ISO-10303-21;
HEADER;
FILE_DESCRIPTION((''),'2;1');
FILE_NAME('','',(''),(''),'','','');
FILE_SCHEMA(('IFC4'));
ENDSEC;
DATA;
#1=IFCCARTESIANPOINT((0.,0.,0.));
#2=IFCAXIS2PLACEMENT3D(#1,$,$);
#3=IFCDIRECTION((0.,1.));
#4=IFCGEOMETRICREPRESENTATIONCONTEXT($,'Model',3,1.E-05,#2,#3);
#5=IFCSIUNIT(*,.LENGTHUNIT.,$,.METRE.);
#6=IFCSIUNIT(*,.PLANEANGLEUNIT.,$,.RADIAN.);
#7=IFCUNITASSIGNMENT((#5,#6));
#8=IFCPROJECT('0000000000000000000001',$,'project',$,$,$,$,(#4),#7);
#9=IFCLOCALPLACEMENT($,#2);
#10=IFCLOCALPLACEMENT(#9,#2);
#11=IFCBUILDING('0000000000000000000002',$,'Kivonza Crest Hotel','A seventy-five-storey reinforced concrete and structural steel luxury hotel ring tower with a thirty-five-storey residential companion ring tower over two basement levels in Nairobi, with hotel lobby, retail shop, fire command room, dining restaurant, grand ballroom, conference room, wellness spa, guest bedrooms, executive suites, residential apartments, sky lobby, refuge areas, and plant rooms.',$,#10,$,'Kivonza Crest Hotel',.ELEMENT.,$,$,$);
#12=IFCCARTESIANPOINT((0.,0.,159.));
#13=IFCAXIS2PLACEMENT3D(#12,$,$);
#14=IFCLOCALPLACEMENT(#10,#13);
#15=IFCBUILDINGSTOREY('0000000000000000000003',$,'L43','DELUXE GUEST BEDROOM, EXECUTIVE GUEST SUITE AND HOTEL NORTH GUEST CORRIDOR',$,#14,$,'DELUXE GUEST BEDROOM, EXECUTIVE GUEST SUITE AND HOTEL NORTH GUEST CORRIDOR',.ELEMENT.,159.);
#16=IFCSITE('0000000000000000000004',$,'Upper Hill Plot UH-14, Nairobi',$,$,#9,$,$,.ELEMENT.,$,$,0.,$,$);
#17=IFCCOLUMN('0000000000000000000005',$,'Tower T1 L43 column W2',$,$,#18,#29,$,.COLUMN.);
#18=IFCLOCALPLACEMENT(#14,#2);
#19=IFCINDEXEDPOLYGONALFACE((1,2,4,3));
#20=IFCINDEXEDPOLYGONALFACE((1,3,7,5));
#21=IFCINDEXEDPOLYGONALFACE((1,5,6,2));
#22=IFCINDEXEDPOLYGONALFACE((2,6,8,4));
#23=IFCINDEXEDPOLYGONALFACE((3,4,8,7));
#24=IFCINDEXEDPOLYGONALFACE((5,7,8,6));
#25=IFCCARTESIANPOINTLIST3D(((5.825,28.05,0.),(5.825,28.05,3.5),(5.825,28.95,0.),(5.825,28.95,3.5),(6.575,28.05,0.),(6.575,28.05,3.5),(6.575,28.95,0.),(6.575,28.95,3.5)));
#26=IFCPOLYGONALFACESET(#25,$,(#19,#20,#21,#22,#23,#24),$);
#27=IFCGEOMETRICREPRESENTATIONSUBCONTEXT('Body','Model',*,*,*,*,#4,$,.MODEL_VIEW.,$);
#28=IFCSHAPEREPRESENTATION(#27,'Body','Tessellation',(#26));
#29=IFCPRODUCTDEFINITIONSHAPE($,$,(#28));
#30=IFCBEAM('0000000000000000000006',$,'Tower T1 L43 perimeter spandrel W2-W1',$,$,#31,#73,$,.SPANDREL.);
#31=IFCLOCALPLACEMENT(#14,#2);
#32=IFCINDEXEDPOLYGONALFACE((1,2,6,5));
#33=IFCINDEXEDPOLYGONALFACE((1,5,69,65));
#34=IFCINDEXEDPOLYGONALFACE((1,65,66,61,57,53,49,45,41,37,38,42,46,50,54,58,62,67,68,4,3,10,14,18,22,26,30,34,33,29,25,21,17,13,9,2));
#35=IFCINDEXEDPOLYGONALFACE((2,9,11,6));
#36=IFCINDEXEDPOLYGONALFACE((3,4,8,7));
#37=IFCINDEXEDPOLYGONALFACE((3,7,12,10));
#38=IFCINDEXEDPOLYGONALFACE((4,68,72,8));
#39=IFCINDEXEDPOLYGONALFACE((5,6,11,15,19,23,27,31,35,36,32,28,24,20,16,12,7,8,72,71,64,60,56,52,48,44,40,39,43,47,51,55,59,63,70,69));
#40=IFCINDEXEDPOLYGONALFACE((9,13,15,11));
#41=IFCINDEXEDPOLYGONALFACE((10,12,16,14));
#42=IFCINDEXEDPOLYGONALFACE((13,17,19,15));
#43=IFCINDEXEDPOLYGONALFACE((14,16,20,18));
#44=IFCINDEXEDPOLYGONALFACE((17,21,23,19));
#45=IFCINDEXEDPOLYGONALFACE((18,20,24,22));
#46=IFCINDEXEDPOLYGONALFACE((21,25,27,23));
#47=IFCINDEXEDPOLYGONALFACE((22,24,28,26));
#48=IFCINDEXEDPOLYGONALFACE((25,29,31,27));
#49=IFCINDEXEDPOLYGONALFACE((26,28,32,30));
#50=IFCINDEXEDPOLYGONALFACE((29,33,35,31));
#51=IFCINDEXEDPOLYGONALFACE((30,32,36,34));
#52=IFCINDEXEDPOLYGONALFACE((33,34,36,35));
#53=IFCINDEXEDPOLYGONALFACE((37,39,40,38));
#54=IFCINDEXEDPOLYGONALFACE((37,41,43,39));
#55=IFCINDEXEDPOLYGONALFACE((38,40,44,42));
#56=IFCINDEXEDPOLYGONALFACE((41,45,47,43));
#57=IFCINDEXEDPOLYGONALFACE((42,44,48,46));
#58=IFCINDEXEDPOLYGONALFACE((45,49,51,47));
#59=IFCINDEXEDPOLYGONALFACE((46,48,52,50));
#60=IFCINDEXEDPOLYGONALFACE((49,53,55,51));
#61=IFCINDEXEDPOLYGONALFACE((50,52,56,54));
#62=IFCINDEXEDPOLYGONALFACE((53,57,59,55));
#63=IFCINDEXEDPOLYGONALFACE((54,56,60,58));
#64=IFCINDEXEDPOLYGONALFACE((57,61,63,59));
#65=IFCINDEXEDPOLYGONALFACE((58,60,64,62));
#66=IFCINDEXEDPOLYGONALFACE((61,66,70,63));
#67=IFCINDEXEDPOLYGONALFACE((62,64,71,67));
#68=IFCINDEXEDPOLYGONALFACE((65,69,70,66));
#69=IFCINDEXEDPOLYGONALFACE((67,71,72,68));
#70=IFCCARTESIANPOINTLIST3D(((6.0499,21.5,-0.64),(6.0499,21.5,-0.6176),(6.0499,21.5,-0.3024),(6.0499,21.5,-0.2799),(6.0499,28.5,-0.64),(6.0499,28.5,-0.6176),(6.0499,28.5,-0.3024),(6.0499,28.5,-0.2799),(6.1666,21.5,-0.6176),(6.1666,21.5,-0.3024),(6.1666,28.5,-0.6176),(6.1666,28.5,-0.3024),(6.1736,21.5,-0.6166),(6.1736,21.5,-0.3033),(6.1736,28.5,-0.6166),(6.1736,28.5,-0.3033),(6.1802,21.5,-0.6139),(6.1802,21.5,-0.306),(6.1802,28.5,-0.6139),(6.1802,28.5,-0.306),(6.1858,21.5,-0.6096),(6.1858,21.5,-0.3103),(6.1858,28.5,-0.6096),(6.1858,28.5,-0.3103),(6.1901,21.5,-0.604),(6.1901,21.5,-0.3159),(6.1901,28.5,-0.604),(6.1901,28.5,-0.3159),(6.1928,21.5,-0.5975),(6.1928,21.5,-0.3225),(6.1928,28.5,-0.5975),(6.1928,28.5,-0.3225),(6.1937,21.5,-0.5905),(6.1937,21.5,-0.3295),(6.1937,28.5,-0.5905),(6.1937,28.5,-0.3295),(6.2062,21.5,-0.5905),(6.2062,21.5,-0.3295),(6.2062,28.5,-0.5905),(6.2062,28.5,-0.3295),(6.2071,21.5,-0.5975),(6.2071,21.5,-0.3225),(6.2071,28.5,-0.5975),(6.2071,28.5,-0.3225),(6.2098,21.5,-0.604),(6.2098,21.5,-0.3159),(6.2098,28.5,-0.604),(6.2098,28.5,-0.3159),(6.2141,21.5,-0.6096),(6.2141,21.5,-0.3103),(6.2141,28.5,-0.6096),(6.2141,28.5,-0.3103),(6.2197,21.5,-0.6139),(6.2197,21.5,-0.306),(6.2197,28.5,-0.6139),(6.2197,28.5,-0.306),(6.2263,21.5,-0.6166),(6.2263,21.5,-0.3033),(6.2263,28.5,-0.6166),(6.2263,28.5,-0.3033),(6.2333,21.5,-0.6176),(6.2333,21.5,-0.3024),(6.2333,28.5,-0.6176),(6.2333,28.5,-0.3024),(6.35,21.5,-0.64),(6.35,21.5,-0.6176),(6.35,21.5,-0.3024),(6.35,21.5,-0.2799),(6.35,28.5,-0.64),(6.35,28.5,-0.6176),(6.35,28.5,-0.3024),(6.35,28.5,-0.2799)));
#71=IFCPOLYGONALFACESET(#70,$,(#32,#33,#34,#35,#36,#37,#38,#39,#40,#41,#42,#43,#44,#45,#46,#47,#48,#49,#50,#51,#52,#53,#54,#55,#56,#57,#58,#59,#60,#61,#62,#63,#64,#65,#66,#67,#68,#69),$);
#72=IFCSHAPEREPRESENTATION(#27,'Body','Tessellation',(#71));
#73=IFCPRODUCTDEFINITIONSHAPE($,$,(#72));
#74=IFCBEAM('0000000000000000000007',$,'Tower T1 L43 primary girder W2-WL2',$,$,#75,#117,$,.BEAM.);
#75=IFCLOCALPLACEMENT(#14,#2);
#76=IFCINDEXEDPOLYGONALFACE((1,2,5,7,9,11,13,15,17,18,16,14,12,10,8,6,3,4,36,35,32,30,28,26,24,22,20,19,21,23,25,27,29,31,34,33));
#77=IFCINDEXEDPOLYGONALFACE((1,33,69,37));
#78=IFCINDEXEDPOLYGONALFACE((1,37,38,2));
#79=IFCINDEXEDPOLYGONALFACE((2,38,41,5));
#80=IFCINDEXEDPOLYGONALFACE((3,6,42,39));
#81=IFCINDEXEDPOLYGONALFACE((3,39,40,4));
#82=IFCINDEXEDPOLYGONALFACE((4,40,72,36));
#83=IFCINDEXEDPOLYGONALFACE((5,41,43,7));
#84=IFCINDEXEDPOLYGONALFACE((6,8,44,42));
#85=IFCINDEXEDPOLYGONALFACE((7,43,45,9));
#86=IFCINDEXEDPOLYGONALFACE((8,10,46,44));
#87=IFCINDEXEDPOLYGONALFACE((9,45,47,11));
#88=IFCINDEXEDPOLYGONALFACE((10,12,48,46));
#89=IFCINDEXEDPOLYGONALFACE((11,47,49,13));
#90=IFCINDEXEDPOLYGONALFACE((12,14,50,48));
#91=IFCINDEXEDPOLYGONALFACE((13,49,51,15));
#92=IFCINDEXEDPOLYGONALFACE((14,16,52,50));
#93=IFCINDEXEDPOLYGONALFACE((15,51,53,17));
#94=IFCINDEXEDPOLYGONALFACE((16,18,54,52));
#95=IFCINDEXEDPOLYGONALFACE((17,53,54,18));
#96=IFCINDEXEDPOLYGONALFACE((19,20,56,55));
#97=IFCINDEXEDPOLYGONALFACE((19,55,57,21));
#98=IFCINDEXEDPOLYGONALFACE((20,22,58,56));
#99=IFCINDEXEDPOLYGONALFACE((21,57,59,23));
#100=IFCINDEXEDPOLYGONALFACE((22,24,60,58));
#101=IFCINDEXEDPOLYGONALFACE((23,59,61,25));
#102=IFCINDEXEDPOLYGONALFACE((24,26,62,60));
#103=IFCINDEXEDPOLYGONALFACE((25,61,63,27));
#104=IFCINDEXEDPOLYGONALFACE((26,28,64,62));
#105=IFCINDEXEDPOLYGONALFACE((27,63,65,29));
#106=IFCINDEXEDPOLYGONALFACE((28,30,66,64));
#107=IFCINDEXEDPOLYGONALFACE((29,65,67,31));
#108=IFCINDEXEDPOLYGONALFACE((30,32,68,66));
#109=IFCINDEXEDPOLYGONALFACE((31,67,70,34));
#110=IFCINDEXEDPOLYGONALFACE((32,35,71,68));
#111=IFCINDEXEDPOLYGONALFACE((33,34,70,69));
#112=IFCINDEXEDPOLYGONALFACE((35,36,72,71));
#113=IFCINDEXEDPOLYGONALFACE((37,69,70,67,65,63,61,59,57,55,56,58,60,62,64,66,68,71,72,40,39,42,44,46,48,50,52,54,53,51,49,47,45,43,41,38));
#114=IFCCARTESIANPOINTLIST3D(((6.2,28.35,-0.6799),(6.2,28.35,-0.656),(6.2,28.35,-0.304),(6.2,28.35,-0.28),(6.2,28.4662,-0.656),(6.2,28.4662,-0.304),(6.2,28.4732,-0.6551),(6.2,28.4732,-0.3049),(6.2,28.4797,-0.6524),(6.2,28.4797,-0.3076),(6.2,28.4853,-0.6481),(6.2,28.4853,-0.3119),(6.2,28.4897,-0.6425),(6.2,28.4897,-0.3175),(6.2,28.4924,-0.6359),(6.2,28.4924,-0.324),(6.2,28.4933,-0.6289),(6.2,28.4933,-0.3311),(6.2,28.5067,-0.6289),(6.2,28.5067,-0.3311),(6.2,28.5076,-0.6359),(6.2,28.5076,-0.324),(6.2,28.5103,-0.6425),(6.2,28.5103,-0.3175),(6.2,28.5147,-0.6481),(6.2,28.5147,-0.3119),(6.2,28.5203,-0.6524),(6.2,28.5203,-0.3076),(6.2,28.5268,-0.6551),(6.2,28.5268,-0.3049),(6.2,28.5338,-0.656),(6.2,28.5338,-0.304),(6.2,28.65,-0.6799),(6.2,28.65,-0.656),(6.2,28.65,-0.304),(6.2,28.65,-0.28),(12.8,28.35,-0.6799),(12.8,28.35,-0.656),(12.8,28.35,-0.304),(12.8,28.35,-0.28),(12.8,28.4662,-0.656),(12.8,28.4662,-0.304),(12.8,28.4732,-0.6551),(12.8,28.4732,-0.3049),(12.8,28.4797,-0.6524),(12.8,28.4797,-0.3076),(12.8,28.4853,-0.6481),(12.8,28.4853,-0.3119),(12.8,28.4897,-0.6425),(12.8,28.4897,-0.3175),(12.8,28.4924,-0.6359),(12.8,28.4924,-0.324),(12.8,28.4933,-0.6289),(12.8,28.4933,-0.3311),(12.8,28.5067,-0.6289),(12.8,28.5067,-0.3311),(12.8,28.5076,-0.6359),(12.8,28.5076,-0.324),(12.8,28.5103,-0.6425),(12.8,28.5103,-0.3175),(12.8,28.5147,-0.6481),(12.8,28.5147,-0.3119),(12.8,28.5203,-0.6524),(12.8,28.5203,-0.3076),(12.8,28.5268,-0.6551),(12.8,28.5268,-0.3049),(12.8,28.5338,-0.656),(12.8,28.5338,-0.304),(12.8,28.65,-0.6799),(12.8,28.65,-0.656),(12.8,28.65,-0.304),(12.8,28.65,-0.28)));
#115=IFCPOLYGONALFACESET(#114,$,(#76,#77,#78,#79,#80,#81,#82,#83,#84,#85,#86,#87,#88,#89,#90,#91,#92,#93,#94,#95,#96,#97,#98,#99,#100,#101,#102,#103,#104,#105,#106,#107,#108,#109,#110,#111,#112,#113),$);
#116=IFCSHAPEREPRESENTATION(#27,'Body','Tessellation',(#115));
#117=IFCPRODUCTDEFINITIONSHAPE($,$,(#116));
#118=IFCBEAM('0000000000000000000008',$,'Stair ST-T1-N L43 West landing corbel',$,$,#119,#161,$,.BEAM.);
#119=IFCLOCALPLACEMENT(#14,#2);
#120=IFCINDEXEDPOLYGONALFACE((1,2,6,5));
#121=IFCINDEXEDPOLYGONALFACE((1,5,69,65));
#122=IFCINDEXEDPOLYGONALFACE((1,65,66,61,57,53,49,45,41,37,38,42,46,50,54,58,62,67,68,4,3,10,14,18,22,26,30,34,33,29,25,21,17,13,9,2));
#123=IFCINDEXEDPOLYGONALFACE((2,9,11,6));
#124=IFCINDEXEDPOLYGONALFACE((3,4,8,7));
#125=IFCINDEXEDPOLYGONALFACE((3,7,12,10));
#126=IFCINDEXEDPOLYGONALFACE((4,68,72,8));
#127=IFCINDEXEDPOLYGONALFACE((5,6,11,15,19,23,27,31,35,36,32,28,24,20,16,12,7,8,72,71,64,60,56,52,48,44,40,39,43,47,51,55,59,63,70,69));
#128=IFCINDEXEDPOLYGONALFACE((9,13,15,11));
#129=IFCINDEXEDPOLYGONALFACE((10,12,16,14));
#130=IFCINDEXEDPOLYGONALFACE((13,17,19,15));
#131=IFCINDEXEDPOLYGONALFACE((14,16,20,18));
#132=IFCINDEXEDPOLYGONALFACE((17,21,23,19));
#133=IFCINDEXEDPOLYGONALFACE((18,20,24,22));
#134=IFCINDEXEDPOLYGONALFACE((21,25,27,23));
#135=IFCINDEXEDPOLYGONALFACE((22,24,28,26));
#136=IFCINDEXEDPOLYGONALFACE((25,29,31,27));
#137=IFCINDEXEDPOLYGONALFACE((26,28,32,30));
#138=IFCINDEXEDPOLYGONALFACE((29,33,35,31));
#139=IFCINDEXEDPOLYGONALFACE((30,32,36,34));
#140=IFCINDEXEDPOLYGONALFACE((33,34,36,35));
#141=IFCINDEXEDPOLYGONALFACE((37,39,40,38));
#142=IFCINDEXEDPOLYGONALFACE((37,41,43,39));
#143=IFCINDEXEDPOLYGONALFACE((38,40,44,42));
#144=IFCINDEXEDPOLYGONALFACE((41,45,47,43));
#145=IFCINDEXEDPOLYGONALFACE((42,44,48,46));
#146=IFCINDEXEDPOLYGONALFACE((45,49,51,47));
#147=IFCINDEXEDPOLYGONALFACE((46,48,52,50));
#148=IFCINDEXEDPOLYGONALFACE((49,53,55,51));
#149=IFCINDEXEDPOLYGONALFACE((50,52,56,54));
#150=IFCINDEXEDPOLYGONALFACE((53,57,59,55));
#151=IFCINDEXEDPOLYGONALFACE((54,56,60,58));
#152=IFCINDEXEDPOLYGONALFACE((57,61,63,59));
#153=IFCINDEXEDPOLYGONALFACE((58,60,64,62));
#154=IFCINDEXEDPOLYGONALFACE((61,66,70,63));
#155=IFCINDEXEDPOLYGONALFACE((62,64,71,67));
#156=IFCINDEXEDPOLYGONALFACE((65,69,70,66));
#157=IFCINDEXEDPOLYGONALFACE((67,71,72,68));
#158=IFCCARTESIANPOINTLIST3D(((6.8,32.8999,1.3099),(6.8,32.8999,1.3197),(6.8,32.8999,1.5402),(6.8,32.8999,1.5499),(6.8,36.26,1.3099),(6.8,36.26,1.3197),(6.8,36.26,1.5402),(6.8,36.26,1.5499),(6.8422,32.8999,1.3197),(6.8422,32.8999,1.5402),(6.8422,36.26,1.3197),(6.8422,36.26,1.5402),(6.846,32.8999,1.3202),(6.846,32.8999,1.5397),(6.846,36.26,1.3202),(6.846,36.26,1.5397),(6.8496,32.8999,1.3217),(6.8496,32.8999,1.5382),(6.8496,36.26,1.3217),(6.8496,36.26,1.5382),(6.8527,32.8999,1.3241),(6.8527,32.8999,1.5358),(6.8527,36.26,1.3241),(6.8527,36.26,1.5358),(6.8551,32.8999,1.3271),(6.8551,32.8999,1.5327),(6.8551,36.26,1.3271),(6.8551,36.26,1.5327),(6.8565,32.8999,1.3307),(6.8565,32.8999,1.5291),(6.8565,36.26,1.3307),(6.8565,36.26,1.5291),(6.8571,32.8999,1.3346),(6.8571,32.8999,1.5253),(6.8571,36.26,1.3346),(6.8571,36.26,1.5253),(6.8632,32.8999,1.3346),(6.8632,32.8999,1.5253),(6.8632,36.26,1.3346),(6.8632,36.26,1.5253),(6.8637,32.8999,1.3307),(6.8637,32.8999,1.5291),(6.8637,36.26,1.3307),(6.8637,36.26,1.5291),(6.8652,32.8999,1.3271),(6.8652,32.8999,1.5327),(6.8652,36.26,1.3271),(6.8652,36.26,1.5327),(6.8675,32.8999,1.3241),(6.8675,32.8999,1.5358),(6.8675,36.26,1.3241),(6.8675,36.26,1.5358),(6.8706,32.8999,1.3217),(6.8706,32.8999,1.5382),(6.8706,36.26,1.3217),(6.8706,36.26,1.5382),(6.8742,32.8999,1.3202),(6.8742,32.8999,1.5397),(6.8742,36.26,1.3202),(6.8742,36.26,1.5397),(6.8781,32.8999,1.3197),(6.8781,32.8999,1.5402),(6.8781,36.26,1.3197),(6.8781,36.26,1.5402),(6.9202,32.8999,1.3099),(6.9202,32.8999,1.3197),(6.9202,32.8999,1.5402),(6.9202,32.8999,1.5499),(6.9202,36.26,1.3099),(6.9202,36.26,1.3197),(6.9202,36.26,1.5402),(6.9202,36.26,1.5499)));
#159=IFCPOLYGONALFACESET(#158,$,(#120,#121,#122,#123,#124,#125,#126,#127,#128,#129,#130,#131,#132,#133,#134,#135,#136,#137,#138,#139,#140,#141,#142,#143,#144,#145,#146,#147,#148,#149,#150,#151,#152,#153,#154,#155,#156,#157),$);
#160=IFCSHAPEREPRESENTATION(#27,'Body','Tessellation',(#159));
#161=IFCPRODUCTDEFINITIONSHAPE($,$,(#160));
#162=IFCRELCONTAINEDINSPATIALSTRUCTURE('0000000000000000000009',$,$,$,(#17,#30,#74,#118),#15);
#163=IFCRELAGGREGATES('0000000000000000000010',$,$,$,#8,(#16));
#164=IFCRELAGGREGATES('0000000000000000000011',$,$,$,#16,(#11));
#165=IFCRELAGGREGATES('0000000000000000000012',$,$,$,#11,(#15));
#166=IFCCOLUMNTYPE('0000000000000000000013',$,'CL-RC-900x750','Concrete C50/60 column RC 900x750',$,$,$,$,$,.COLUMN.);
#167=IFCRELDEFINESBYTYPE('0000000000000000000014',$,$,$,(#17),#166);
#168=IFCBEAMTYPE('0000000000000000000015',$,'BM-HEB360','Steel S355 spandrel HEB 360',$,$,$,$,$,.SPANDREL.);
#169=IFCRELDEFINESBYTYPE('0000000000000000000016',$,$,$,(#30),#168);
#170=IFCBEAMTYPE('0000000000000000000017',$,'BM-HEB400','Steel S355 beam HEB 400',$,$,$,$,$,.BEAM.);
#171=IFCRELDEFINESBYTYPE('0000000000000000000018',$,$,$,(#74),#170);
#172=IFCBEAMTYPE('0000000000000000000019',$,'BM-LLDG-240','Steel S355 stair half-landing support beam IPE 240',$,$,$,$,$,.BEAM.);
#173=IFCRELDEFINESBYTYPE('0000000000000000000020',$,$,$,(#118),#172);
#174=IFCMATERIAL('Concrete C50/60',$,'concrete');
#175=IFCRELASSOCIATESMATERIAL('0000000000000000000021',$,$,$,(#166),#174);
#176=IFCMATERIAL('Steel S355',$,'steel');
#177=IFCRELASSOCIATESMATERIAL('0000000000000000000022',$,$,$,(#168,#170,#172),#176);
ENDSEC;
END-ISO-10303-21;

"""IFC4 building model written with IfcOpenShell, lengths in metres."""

from ifc_helpers import new_model, si_unit, direction, frame, origin, origin_2d, place, context, subcontext, project, spatial, rectangle, i_section, extrude, material, material_profile, profile_set, type_object, element, save


model = new_model("IFC4")

# Units and contexts
model_context = context("Model", 3, precision=1e-05, world=origin(), true_north=direction((0.0, 1.0)))
body_context = subcontext(model_context, "Body", "Model", "MODEL_VIEW")
ifc_project = project(units=[si_unit("LENGTHUNIT", "METRE"), si_unit("PLANEANGLEUNIT", "RADIAN")], contexts=[model_context])

# Site, building, storey
site_placement = place(None, origin())
site = spatial("IfcSite", under=ifc_project, at=site_placement, Name="Upper Hill Plot UH-14, Nairobi", CompositionType="ELEMENT", RefElevation=0.0)
building_placement = place(site_placement, origin())
building = spatial("IfcBuilding", under=site, at=building_placement, Name="Kivonza Crest Hotel", Description="A seventy-five-storey reinforced concrete and structural steel luxury hotel ring tower with a thirty-five-storey residential companion ring tower over two basement levels in Nairobi, with hotel lobby, retail shop, fire command room, dining restaurant, grand ballroom, conference room, wellness spa, guest bedrooms, executive suites, residential apartments, sky lobby, refuge areas, and plant rooms.", LongName="Kivonza Crest Hotel", CompositionType="ELEMENT")
storey_placement = place(building_placement, frame((0.0, 0.0, 159.0)))
storey = spatial("IfcBuildingStorey", under=building, at=storey_placement, Name="L43", Description="DELUXE GUEST BEDROOM, EXECUTIVE GUEST SUITE AND HOTEL NORTH GUEST CORRIDOR", LongName="DELUXE GUEST BEDROOM, EXECUTIVE GUEST SUITE AND HOTEL NORTH GUEST CORRIDOR", CompositionType="ELEMENT", Elevation=159.0)

# Column
ifc_material_1 = material(Name="Concrete C50/60", Category="concrete")
ifc_material_profile_1 = material_profile(ifc_material_1, rectangle(XDim=0.75, YDim=0.8999, at=origin_2d()), Name="RC 900x750")
ifc_profile_set_1 = profile_set([ifc_material_profile_1], Name="Concrete C50/60")
column_type = type_object("IfcColumnType", Name="CL-RC-900x750", Description="Concrete C50/60 column RC 900x750", PredefinedType="COLUMN", material=ifc_profile_set_1)
column_placement = place(storey_placement, frame((6.2, 28.5, 0.0), z_axis=(0.0, 0.0, 1.0), x_axis=(1.0, 0.0, 0.0)))
element("IfcColumn", 1, at=column_placement, inside=storey, type_object=column_type, Name="Tower T1 L43 column W2", PredefinedType="COLUMN", context=body_context, shape_type="SweptSolid", body=[
    extrude(rectangle(XDim=0.75, YDim=0.8999, at=origin_2d()), origin(), (0.0, 0.0, 1.0), 3.5),
])

# Beams
ifc_material_2 = material(Name="Steel S355", Category="steel")
ifc_material_profile_2 = material_profile(ifc_material_2, i_section(OverallWidth=0.3, OverallDepth=0.3601, WebThickness=0.0125, FlangeThickness=0.0225, FilletRadius=0.0271, at=origin_2d()), Name="HEB 360")
ifc_profile_set_2 = profile_set([ifc_material_profile_2], Name="Steel S355")
beam_type_1 = type_object("IfcBeamType", Name="BM-HEB360", Description="Steel S355 spandrel HEB 360", PredefinedType="SPANDREL", material=ifc_profile_set_2)
beam_1_placement = place(storey_placement, frame((6.2, 28.5, -0.46), z_axis=(0.0, -1.0, 0.0), x_axis=(1.0, 0.0, 0.0)))
element("IfcBeam", 2, at=beam_1_placement, inside=storey, type_object=beam_type_1, Name="Tower T1 L43 perimeter spandrel W2-W1", PredefinedType="SPANDREL", context=body_context, shape_type="SweptSolid", body=[
    extrude(i_section(OverallWidth=0.3, OverallDepth=0.3601, WebThickness=0.0125, FlangeThickness=0.0225, FilletRadius=0.0271, at=origin_2d()), origin(), (0.0, 0.0, 1.0), 7.0),
])
ifc_material_profile_3 = material_profile(ifc_material_2, i_section(OverallWidth=0.3, OverallDepth=0.3999, WebThickness=0.0134, FlangeThickness=0.0239, FilletRadius=0.0271, at=origin_2d()), Name="HEB 400")
ifc_profile_set_3 = profile_set([ifc_material_profile_3], Name="Steel S355")
beam_type_2 = type_object("IfcBeamType", Name="BM-HEB400", Description="Steel S355 beam HEB 400", PredefinedType="BEAM", material=ifc_profile_set_3)
beam_2_placement = place(storey_placement, frame((6.2, 28.5, -0.48), z_axis=(1.0, 0.0, 0.0), x_axis=(0.0, 1.0, 0.0)))
element("IfcBeam", 3, at=beam_2_placement, inside=storey, type_object=beam_type_2, Name="Tower T1 L43 primary girder W2-WL2", PredefinedType="BEAM", context=body_context, shape_type="SweptSolid", body=[
    extrude(i_section(OverallWidth=0.3, OverallDepth=0.3999, WebThickness=0.0134, FlangeThickness=0.0239, FilletRadius=0.0271, at=origin_2d()), origin(), (0.0, 0.0, 1.0), 6.6001),
])
ifc_material_profile_4 = material_profile(ifc_material_2, i_section(OverallWidth=0.1201, OverallDepth=0.24, WebThickness=0.0061, FlangeThickness=0.0098, FilletRadius=0.0149, at=origin_2d()), Name="IPE 240")
ifc_profile_set_4 = profile_set([ifc_material_profile_4], Name="Steel S355")
beam_type_3 = type_object("IfcBeamType", Name="BM-LLDG-240", Description="Steel S355 stair half-landing support beam IPE 240", PredefinedType="BEAM", material=ifc_profile_set_4)
beam_3_placement = place(storey_placement, frame((6.8601, 32.8999, 1.4299), z_axis=(0.0, 1.0, 0.0), x_axis=(-1.0, 0.0, 0.0)))
element("IfcBeam", 4, at=beam_3_placement, inside=storey, type_object=beam_type_3, Name="Stair ST-T1-N L43 West landing corbel", PredefinedType="BEAM", context=body_context, shape_type="SweptSolid", body=[
    extrude(i_section(OverallWidth=0.1201, OverallDepth=0.24, WebThickness=0.0061, FlangeThickness=0.0098, FilletRadius=0.0149, at=origin_2d()), origin(), (0.0, 0.0, 1.0), 3.3601),
])

save(model, "model.ifc")
